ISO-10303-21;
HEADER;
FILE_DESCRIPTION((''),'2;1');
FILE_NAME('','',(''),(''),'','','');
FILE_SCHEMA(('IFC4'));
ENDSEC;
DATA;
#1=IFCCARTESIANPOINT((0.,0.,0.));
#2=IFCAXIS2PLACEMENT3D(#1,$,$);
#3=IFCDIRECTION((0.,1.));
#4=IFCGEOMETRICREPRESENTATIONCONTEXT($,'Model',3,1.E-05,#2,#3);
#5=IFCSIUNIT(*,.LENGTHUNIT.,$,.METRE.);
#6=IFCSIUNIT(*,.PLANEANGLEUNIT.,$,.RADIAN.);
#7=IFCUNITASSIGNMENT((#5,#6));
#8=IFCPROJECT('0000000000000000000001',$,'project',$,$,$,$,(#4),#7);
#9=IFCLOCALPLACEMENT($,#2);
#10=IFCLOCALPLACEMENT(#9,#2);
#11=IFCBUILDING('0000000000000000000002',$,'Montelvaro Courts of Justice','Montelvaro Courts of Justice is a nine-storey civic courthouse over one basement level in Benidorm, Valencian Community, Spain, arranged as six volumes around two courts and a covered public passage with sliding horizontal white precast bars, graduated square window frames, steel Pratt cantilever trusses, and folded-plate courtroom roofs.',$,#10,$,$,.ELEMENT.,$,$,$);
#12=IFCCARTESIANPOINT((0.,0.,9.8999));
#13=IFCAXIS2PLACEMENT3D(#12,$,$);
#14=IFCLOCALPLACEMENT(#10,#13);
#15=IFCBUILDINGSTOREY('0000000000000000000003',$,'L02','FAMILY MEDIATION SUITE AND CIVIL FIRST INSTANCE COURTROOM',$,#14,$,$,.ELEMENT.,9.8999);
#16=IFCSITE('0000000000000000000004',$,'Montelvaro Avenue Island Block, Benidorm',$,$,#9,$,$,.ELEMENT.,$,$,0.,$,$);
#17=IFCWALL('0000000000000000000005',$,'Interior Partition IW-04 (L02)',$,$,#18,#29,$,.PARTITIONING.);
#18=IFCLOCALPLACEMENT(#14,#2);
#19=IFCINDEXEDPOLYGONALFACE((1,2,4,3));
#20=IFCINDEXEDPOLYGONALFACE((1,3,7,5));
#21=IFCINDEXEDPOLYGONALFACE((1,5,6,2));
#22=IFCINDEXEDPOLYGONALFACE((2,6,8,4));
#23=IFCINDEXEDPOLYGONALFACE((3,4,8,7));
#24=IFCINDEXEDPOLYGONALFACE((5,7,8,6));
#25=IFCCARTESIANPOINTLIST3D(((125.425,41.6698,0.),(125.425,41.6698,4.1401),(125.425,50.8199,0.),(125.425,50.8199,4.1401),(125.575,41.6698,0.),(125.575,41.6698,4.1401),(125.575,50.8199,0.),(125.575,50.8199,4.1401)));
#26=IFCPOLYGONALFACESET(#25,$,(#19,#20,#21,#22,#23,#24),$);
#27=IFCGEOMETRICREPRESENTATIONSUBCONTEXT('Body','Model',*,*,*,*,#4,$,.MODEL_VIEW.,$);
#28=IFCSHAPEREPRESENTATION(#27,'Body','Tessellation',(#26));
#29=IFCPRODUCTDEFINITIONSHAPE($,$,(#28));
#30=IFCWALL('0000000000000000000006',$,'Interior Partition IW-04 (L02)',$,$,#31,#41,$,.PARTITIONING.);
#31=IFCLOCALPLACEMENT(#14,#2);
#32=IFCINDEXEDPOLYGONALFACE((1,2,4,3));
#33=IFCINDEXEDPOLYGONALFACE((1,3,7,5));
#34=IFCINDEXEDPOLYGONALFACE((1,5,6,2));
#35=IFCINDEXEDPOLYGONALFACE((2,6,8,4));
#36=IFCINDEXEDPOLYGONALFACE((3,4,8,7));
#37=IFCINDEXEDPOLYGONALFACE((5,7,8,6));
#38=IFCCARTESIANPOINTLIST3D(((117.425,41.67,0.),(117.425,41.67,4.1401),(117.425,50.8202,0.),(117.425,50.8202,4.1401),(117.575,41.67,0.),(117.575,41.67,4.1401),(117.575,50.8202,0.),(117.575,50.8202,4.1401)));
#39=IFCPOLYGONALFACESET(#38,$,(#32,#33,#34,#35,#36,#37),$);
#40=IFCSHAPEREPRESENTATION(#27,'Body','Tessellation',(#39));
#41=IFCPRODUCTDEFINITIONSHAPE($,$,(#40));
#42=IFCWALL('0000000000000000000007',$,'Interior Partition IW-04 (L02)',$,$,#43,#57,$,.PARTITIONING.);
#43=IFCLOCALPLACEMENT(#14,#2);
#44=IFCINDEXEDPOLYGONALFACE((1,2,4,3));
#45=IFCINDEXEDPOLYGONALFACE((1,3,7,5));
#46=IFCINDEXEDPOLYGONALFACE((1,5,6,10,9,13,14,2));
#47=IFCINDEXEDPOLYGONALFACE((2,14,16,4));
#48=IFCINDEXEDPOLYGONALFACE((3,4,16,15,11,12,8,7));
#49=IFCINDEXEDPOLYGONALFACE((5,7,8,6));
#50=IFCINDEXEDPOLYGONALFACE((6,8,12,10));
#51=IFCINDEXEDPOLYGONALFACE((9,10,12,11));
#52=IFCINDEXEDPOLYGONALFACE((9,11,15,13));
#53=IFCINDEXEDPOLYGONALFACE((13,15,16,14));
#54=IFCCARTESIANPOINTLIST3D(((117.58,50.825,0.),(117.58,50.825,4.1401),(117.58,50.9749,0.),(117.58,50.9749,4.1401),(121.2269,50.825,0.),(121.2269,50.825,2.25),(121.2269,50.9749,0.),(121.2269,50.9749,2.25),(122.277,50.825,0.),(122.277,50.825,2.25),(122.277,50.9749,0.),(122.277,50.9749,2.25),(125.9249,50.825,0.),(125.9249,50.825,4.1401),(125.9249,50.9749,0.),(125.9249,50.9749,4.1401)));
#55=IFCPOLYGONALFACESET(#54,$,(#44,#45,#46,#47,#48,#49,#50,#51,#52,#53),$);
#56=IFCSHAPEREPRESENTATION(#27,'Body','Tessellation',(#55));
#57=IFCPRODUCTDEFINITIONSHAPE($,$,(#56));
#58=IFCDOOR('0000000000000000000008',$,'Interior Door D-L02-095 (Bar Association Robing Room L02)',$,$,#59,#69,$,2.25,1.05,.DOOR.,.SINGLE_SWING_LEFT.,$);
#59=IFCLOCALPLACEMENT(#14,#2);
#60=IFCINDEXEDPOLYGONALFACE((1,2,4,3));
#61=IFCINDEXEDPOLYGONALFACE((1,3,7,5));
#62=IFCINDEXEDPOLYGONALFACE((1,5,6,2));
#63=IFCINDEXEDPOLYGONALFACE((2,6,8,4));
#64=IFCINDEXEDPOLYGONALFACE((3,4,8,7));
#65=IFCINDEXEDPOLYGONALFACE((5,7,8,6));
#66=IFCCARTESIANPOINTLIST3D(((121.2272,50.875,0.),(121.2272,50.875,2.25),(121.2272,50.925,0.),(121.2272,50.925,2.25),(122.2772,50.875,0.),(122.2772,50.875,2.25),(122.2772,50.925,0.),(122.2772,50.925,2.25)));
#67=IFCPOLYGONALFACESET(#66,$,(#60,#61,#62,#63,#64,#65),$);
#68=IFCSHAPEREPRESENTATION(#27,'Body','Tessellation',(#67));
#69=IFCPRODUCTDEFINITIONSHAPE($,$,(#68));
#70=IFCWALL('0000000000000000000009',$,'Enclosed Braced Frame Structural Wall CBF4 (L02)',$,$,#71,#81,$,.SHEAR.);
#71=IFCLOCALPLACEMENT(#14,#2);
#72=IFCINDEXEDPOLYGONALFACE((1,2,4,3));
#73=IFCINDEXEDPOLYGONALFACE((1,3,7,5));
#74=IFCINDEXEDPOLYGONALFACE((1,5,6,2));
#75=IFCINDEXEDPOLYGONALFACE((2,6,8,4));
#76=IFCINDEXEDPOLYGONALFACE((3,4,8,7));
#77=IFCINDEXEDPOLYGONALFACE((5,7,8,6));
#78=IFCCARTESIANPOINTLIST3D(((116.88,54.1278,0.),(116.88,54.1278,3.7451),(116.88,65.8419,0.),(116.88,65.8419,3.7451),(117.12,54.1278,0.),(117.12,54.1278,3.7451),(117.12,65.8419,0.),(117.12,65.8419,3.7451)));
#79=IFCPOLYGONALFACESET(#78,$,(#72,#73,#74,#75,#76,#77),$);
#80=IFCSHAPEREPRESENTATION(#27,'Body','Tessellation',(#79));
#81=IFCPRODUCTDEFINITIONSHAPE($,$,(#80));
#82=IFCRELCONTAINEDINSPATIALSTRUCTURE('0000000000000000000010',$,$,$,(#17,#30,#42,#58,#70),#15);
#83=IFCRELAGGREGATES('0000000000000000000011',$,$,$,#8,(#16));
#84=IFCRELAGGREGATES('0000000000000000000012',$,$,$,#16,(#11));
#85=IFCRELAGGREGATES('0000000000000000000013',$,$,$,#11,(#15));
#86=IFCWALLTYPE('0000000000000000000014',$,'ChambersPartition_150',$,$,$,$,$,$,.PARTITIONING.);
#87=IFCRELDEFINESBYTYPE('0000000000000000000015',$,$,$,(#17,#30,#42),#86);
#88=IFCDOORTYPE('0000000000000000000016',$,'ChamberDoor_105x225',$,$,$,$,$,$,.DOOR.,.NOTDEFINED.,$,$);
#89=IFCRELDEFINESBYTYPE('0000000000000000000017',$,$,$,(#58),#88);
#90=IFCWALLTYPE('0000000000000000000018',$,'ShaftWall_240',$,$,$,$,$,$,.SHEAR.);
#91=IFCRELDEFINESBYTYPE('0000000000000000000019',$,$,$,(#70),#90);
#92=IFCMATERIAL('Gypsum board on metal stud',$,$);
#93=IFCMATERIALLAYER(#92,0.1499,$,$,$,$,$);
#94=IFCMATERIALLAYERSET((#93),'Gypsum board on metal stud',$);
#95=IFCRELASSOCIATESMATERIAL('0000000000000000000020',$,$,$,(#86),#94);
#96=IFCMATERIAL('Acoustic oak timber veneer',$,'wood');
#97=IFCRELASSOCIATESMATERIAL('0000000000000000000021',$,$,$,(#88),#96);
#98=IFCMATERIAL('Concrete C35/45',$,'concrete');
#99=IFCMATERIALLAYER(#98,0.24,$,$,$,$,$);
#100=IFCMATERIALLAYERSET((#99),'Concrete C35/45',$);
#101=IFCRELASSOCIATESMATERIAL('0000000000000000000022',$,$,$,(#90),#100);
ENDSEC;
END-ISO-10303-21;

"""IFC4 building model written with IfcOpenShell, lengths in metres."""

from ifc_helpers import new_model, si_unit, direction, frame, frame_2d, origin, place, context, subcontext, project, spatial, rectangle, extrude, material, layer, layer_set, type_object, element, fill, save


model = new_model("IFC4")

# Units and contexts
model_context = context("Model", 3, precision=1e-05, world=origin(), true_north=direction((0.0, 1.0)))
body_context = subcontext(model_context, "Body", "Model", "MODEL_VIEW")
ifc_project = project(units=[si_unit("LENGTHUNIT", "METRE"), si_unit("PLANEANGLEUNIT", "RADIAN")], contexts=[model_context])

# Site, building, storey
site_placement = place(None, origin())
site = spatial("IfcSite", under=ifc_project, at=site_placement, Name="Montelvaro Avenue Island Block, Benidorm", CompositionType="ELEMENT", RefElevation=0.0)
building_placement = place(site_placement, origin())
building = spatial("IfcBuilding", under=site, at=building_placement, Name="Montelvaro Courts of Justice", Description="Montelvaro Courts of Justice is a nine-storey civic courthouse over one basement level in Benidorm, Valencian Community, Spain, arranged as six volumes around two courts and a covered public passage with sliding horizontal white precast bars, graduated square window frames, steel Pratt cantilever trusses, and folded-plate courtroom roofs.", CompositionType="ELEMENT")
storey_placement = place(building_placement, frame((0.0, 0.0, 9.8999)))
storey = spatial("IfcBuildingStorey", under=building, at=storey_placement, Name="L02", Description="FAMILY MEDIATION SUITE AND CIVIL FIRST INSTANCE COURTROOM", CompositionType="ELEMENT", Elevation=9.8999)

# Walls
ifc_material_1 = material(Name="Gypsum board on metal stud")
ifc_layer_1 = layer(ifc_material_1, 0.1499)
ifc_layer_set_1 = layer_set([ifc_layer_1], Name="Gypsum board on metal stud")
wall_type_1 = type_object("IfcWallType", Name="ChambersPartition_150", PredefinedType="PARTITIONING", material=ifc_layer_set_1)
for number, where, z_axis, x_axis, name in (
    (1, (125.5, 50.8201, 0.0), (0.0, 0.0, 1.0), (0.0, -1.0, 0.0), "Interior Partition IW-04 (L02)"),
    (2, (117.5, 41.6699, 0.0), (0.0, 0.0, 1.0), (0.0, 1.0, 0.0), "Interior Partition IW-04 (L02)"),
):
    element("IfcWall", number, at=place(storey_placement, frame(where, z_axis=z_axis, x_axis=x_axis)), inside=storey, type_object=wall_type_1, Name=name, PredefinedType="PARTITIONING", context=body_context, shape_type="SweptSolid", body=[
        extrude(rectangle(XDim=9.1501, YDim=0.1499, at=frame_2d((4.5752, 0.0))), origin(), (0.0, 0.0, 1.0), 4.1401),
    ])

# Wall, opening, door
wall_1_placement = place(storey_placement, frame((117.5801, 50.8999, 0.0), z_axis=(0.0, 0.0, 1.0), x_axis=(1.0, 0.0, 0.0)))
wall_1 = element("IfcWall", 3, at=wall_1_placement, inside=storey, type_object=wall_type_1, Name="Interior Partition IW-04 (L02)", PredefinedType="PARTITIONING", context=body_context, shape_type="SweptSolid", body=[
    extrude(rectangle(XDim=8.345, YDim=0.1499, at=frame_2d((4.1724, 0.0))), origin(), (0.0, 0.0, 1.0), 4.1401),
])
opening_placement = place(wall_1_placement, frame((3.647, 0.0, 0.0)))
opening = element("IfcOpeningElement", 4, at=opening_placement, cuts=wall_1, PredefinedType="OPENING", context=body_context, shape_type="SweptSolid", body=[
    extrude(rectangle(XDim=1.05, YDim=2.25, at=frame_2d((0.5249, 1.125))), frame((0.0, 0.0898, 0.0), z_axis=(0.0, -1.0, 0.0), x_axis=(1.0, 0.0, 0.0)), (0.0, 0.0, 1.0), 0.1797),
])
ifc_material_2 = material(Name="Acoustic oak timber veneer", Category="wood")
door_type = type_object("IfcDoorType", Name="ChamberDoor_105x225", OperationType="NOTDEFINED", PredefinedType="DOOR", material=ifc_material_2)
door_placement = place(opening_placement, frame((1.05, 0.0, 0.0), z_axis=(0.0, 0.0, 1.0), x_axis=(-1.0, 0.0, 0.0)))
door = element("IfcDoor", 5, at=door_placement, inside=storey, type_object=door_type, Name="Interior Door D-L02-095 (Bar Association Robing Room L02)", OperationType="SINGLE_SWING_LEFT", OverallHeight=2.25, OverallWidth=1.05, PredefinedType="DOOR", context=body_context, shape_type="SweptSolid", body=[
    extrude(rectangle(XDim=1.05, YDim=2.25, at=frame_2d((0.5249, 1.125))), frame((0.0, 0.0249, 0.0), z_axis=(0.0, -1.0, 0.0), x_axis=(1.0, 0.0, 0.0)), (0.0, 0.0, 1.0), 0.05),
])
fill(opening, door)

# Wall
ifc_material_3 = material(Name="Concrete C35/45", Category="concrete")
ifc_layer_2 = layer(ifc_material_3, 0.24)
ifc_layer_set_2 = layer_set([ifc_layer_2], Name="Concrete C35/45")
wall_type_2 = type_object("IfcWallType", Name="ShaftWall_240", PredefinedType="SHEAR", material=ifc_layer_set_2)
wall_2_placement = place(storey_placement, frame((117.0, 54.1279, 0.0), z_axis=(0.0, 0.0, 1.0), x_axis=(0.0, 1.0, 0.0)))
element("IfcWall", 6, at=wall_2_placement, inside=storey, type_object=wall_type_2, Name="Enclosed Braced Frame Structural Wall CBF4 (L02)", PredefinedType="SHEAR", context=body_context, shape_type="SweptSolid", body=[
    extrude(rectangle(XDim=11.7141, YDim=0.24, at=frame_2d((5.8569, 0.0))), origin(), (0.0, 0.0, 1.0), 3.7451),
])

save(model, "model.ifc")
